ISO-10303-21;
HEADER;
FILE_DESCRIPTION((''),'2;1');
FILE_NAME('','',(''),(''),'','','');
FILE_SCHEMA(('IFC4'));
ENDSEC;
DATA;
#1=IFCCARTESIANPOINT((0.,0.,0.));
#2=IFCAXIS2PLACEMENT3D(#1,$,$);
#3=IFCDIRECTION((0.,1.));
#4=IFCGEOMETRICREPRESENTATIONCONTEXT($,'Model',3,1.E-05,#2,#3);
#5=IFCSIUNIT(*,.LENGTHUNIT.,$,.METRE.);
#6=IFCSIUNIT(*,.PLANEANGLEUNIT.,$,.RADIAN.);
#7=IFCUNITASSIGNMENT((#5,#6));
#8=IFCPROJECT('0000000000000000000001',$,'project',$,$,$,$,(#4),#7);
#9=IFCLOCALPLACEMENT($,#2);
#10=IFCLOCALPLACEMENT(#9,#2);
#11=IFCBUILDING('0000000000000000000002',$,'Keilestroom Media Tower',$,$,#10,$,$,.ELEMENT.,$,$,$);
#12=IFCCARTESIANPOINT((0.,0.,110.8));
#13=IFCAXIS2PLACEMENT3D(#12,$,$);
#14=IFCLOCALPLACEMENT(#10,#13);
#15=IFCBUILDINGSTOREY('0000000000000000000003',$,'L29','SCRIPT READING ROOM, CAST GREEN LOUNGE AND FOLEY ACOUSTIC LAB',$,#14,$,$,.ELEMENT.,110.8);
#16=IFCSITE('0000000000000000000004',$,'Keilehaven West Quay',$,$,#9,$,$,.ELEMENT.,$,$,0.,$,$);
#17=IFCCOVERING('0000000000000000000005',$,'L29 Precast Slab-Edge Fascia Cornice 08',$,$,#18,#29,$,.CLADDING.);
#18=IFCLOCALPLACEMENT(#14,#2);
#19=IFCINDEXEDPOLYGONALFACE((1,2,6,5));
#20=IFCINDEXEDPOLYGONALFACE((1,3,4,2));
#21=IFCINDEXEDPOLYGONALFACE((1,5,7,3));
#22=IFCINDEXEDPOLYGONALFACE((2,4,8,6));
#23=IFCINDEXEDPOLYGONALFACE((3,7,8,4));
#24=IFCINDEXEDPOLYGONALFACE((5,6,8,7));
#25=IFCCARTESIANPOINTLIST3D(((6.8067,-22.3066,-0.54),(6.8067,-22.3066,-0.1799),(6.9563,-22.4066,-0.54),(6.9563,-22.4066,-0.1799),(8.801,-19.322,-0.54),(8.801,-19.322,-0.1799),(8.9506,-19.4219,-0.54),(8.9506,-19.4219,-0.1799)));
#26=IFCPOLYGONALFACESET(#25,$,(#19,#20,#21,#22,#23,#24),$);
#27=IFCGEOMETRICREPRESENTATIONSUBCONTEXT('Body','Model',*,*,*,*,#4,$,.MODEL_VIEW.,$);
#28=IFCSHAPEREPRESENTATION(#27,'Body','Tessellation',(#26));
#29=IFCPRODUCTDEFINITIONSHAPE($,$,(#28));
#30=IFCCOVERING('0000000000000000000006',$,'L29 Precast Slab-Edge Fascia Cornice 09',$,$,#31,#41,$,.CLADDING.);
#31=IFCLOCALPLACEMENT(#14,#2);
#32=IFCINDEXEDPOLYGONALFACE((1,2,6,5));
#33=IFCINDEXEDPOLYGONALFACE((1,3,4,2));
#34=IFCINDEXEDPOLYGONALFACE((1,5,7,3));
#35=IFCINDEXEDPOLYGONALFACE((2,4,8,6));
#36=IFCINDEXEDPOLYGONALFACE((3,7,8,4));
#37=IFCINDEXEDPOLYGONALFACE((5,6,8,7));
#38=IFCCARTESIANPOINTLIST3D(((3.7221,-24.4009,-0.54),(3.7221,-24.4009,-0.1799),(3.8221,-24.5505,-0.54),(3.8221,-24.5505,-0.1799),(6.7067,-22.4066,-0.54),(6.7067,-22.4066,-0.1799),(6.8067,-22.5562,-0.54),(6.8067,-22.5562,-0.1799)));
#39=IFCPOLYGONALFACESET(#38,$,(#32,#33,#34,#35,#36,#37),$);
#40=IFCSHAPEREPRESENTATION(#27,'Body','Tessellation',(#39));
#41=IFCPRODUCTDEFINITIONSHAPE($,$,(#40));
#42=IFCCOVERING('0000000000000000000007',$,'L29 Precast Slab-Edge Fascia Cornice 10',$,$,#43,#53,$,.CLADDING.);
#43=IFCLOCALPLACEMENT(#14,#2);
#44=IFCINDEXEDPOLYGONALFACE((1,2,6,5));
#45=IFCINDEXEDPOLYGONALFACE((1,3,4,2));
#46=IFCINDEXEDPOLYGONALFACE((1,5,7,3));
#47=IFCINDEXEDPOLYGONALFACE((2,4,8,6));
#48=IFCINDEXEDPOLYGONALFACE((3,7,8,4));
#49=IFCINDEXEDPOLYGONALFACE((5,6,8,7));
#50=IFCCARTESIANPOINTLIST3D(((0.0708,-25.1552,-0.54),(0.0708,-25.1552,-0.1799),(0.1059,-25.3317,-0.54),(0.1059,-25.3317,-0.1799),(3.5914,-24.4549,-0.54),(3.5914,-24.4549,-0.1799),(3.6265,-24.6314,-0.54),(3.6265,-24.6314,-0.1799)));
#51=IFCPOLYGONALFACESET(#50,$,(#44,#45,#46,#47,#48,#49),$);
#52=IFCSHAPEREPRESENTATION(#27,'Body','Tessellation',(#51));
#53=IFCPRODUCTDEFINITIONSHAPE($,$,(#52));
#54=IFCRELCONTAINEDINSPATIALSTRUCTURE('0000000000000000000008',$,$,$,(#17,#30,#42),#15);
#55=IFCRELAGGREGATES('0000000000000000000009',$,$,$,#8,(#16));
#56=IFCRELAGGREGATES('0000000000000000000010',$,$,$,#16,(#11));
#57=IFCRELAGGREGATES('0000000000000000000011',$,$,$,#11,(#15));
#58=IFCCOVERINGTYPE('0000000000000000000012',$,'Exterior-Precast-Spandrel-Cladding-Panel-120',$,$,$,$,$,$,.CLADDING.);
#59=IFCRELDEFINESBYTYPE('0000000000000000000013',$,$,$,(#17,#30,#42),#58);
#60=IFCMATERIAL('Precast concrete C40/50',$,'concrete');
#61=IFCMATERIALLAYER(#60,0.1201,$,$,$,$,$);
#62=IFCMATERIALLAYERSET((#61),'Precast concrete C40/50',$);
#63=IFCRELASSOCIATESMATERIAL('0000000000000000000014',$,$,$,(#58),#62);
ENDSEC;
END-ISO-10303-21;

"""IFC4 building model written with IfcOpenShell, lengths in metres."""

from ifc_helpers import new_model, si_unit, direction, frame, origin, origin_2d, place, context, subcontext, project, spatial, rectangle, extrude, source, transform, mapped, material, layer, layer_set, type_object, element, save


model = new_model("IFC4")

# Units and contexts
model_context = context("Model", 3, precision=1e-05, world=origin(), true_north=direction((0.0, 1.0)))
body_context = subcontext(model_context, "Body", "Model", "MODEL_VIEW")
ifc_project = project(units=[si_unit("LENGTHUNIT", "METRE"), si_unit("PLANEANGLEUNIT", "RADIAN")], contexts=[model_context])

# Site, building, storey
site_placement = place(None, origin())
site = spatial("IfcSite", under=ifc_project, at=site_placement, Name="Keilehaven West Quay", CompositionType="ELEMENT", RefElevation=0.0)
building_placement = place(site_placement, origin())
building = spatial("IfcBuilding", under=site, at=building_placement, Name="Keilestroom Media Tower", CompositionType="ELEMENT")
storey_placement = place(building_placement, frame((0.0, 0.0, 110.8)))
storey = spatial("IfcBuildingStorey", under=building, at=storey_placement, Name="L29", Description="SCRIPT READING ROOM, CAST GREEN LOUNGE AND FOLEY ACOUSTIC LAB", CompositionType="ELEMENT", Elevation=110.8)

# Shared definitions
ifc_material_1 = material(Name="Precast concrete C40/50", Category="concrete")

# Coverings
ifc_layer_1 = layer(ifc_material_1, 0.1201)
ifc_layer_set_1 = layer_set([ifc_layer_1], Name="Precast concrete C40/50")
covering_type = type_object("IfcCoveringType", Name="Exterior-Precast-Spandrel-Cladding-Panel-120", PredefinedType="CLADDING", material=ifc_layer_set_1)
shared_shape_1 = source(origin(), body_context, "Body", "SweptSolid", [
    extrude(rectangle(XDim=3.5896, YDim=0.1799, at=origin_2d()), origin(), (0.0, 0.0, 1.0), 0.3601),
])
for number, where, z_axis, x_axis, name in (
    (1, (7.8787, -20.8643, -0.54), (0.0, 0.0, 1.0), (-0.555575, -0.831467, 0.0), "L29 Precast Slab-Edge Fascia Cornice 08"),
    (2, (5.2644, -23.4785, -0.54), (0.0, 0.0, 1.0), (-0.831467, -0.555575, 0.0), "L29 Precast Slab-Edge Fascia Cornice 09"),
    (3, (1.8486, -24.8933, -0.54), (0.0, 0.0, 1.0), (-0.980784, -0.195099, 0.0), "L29 Precast Slab-Edge Fascia Cornice 10"),
):
    element("IfcCovering", number, at=place(storey_placement, frame(where, z_axis=z_axis, x_axis=x_axis)), inside=storey, type_object=covering_type, Name=name, PredefinedType="CLADDING", context=body_context, shape_type="MappedRepresentation", body=[
        mapped(shared_shape_1, transform((0.0, 0.0, 0.0), x_axis=(1.0, 0.0, 0.0), y_axis=(0.0, 1.0, 0.0), z_axis=(0.0, 0.0, 1.0), scale=1.0)),
    ])

save(model, "model.ifc")
